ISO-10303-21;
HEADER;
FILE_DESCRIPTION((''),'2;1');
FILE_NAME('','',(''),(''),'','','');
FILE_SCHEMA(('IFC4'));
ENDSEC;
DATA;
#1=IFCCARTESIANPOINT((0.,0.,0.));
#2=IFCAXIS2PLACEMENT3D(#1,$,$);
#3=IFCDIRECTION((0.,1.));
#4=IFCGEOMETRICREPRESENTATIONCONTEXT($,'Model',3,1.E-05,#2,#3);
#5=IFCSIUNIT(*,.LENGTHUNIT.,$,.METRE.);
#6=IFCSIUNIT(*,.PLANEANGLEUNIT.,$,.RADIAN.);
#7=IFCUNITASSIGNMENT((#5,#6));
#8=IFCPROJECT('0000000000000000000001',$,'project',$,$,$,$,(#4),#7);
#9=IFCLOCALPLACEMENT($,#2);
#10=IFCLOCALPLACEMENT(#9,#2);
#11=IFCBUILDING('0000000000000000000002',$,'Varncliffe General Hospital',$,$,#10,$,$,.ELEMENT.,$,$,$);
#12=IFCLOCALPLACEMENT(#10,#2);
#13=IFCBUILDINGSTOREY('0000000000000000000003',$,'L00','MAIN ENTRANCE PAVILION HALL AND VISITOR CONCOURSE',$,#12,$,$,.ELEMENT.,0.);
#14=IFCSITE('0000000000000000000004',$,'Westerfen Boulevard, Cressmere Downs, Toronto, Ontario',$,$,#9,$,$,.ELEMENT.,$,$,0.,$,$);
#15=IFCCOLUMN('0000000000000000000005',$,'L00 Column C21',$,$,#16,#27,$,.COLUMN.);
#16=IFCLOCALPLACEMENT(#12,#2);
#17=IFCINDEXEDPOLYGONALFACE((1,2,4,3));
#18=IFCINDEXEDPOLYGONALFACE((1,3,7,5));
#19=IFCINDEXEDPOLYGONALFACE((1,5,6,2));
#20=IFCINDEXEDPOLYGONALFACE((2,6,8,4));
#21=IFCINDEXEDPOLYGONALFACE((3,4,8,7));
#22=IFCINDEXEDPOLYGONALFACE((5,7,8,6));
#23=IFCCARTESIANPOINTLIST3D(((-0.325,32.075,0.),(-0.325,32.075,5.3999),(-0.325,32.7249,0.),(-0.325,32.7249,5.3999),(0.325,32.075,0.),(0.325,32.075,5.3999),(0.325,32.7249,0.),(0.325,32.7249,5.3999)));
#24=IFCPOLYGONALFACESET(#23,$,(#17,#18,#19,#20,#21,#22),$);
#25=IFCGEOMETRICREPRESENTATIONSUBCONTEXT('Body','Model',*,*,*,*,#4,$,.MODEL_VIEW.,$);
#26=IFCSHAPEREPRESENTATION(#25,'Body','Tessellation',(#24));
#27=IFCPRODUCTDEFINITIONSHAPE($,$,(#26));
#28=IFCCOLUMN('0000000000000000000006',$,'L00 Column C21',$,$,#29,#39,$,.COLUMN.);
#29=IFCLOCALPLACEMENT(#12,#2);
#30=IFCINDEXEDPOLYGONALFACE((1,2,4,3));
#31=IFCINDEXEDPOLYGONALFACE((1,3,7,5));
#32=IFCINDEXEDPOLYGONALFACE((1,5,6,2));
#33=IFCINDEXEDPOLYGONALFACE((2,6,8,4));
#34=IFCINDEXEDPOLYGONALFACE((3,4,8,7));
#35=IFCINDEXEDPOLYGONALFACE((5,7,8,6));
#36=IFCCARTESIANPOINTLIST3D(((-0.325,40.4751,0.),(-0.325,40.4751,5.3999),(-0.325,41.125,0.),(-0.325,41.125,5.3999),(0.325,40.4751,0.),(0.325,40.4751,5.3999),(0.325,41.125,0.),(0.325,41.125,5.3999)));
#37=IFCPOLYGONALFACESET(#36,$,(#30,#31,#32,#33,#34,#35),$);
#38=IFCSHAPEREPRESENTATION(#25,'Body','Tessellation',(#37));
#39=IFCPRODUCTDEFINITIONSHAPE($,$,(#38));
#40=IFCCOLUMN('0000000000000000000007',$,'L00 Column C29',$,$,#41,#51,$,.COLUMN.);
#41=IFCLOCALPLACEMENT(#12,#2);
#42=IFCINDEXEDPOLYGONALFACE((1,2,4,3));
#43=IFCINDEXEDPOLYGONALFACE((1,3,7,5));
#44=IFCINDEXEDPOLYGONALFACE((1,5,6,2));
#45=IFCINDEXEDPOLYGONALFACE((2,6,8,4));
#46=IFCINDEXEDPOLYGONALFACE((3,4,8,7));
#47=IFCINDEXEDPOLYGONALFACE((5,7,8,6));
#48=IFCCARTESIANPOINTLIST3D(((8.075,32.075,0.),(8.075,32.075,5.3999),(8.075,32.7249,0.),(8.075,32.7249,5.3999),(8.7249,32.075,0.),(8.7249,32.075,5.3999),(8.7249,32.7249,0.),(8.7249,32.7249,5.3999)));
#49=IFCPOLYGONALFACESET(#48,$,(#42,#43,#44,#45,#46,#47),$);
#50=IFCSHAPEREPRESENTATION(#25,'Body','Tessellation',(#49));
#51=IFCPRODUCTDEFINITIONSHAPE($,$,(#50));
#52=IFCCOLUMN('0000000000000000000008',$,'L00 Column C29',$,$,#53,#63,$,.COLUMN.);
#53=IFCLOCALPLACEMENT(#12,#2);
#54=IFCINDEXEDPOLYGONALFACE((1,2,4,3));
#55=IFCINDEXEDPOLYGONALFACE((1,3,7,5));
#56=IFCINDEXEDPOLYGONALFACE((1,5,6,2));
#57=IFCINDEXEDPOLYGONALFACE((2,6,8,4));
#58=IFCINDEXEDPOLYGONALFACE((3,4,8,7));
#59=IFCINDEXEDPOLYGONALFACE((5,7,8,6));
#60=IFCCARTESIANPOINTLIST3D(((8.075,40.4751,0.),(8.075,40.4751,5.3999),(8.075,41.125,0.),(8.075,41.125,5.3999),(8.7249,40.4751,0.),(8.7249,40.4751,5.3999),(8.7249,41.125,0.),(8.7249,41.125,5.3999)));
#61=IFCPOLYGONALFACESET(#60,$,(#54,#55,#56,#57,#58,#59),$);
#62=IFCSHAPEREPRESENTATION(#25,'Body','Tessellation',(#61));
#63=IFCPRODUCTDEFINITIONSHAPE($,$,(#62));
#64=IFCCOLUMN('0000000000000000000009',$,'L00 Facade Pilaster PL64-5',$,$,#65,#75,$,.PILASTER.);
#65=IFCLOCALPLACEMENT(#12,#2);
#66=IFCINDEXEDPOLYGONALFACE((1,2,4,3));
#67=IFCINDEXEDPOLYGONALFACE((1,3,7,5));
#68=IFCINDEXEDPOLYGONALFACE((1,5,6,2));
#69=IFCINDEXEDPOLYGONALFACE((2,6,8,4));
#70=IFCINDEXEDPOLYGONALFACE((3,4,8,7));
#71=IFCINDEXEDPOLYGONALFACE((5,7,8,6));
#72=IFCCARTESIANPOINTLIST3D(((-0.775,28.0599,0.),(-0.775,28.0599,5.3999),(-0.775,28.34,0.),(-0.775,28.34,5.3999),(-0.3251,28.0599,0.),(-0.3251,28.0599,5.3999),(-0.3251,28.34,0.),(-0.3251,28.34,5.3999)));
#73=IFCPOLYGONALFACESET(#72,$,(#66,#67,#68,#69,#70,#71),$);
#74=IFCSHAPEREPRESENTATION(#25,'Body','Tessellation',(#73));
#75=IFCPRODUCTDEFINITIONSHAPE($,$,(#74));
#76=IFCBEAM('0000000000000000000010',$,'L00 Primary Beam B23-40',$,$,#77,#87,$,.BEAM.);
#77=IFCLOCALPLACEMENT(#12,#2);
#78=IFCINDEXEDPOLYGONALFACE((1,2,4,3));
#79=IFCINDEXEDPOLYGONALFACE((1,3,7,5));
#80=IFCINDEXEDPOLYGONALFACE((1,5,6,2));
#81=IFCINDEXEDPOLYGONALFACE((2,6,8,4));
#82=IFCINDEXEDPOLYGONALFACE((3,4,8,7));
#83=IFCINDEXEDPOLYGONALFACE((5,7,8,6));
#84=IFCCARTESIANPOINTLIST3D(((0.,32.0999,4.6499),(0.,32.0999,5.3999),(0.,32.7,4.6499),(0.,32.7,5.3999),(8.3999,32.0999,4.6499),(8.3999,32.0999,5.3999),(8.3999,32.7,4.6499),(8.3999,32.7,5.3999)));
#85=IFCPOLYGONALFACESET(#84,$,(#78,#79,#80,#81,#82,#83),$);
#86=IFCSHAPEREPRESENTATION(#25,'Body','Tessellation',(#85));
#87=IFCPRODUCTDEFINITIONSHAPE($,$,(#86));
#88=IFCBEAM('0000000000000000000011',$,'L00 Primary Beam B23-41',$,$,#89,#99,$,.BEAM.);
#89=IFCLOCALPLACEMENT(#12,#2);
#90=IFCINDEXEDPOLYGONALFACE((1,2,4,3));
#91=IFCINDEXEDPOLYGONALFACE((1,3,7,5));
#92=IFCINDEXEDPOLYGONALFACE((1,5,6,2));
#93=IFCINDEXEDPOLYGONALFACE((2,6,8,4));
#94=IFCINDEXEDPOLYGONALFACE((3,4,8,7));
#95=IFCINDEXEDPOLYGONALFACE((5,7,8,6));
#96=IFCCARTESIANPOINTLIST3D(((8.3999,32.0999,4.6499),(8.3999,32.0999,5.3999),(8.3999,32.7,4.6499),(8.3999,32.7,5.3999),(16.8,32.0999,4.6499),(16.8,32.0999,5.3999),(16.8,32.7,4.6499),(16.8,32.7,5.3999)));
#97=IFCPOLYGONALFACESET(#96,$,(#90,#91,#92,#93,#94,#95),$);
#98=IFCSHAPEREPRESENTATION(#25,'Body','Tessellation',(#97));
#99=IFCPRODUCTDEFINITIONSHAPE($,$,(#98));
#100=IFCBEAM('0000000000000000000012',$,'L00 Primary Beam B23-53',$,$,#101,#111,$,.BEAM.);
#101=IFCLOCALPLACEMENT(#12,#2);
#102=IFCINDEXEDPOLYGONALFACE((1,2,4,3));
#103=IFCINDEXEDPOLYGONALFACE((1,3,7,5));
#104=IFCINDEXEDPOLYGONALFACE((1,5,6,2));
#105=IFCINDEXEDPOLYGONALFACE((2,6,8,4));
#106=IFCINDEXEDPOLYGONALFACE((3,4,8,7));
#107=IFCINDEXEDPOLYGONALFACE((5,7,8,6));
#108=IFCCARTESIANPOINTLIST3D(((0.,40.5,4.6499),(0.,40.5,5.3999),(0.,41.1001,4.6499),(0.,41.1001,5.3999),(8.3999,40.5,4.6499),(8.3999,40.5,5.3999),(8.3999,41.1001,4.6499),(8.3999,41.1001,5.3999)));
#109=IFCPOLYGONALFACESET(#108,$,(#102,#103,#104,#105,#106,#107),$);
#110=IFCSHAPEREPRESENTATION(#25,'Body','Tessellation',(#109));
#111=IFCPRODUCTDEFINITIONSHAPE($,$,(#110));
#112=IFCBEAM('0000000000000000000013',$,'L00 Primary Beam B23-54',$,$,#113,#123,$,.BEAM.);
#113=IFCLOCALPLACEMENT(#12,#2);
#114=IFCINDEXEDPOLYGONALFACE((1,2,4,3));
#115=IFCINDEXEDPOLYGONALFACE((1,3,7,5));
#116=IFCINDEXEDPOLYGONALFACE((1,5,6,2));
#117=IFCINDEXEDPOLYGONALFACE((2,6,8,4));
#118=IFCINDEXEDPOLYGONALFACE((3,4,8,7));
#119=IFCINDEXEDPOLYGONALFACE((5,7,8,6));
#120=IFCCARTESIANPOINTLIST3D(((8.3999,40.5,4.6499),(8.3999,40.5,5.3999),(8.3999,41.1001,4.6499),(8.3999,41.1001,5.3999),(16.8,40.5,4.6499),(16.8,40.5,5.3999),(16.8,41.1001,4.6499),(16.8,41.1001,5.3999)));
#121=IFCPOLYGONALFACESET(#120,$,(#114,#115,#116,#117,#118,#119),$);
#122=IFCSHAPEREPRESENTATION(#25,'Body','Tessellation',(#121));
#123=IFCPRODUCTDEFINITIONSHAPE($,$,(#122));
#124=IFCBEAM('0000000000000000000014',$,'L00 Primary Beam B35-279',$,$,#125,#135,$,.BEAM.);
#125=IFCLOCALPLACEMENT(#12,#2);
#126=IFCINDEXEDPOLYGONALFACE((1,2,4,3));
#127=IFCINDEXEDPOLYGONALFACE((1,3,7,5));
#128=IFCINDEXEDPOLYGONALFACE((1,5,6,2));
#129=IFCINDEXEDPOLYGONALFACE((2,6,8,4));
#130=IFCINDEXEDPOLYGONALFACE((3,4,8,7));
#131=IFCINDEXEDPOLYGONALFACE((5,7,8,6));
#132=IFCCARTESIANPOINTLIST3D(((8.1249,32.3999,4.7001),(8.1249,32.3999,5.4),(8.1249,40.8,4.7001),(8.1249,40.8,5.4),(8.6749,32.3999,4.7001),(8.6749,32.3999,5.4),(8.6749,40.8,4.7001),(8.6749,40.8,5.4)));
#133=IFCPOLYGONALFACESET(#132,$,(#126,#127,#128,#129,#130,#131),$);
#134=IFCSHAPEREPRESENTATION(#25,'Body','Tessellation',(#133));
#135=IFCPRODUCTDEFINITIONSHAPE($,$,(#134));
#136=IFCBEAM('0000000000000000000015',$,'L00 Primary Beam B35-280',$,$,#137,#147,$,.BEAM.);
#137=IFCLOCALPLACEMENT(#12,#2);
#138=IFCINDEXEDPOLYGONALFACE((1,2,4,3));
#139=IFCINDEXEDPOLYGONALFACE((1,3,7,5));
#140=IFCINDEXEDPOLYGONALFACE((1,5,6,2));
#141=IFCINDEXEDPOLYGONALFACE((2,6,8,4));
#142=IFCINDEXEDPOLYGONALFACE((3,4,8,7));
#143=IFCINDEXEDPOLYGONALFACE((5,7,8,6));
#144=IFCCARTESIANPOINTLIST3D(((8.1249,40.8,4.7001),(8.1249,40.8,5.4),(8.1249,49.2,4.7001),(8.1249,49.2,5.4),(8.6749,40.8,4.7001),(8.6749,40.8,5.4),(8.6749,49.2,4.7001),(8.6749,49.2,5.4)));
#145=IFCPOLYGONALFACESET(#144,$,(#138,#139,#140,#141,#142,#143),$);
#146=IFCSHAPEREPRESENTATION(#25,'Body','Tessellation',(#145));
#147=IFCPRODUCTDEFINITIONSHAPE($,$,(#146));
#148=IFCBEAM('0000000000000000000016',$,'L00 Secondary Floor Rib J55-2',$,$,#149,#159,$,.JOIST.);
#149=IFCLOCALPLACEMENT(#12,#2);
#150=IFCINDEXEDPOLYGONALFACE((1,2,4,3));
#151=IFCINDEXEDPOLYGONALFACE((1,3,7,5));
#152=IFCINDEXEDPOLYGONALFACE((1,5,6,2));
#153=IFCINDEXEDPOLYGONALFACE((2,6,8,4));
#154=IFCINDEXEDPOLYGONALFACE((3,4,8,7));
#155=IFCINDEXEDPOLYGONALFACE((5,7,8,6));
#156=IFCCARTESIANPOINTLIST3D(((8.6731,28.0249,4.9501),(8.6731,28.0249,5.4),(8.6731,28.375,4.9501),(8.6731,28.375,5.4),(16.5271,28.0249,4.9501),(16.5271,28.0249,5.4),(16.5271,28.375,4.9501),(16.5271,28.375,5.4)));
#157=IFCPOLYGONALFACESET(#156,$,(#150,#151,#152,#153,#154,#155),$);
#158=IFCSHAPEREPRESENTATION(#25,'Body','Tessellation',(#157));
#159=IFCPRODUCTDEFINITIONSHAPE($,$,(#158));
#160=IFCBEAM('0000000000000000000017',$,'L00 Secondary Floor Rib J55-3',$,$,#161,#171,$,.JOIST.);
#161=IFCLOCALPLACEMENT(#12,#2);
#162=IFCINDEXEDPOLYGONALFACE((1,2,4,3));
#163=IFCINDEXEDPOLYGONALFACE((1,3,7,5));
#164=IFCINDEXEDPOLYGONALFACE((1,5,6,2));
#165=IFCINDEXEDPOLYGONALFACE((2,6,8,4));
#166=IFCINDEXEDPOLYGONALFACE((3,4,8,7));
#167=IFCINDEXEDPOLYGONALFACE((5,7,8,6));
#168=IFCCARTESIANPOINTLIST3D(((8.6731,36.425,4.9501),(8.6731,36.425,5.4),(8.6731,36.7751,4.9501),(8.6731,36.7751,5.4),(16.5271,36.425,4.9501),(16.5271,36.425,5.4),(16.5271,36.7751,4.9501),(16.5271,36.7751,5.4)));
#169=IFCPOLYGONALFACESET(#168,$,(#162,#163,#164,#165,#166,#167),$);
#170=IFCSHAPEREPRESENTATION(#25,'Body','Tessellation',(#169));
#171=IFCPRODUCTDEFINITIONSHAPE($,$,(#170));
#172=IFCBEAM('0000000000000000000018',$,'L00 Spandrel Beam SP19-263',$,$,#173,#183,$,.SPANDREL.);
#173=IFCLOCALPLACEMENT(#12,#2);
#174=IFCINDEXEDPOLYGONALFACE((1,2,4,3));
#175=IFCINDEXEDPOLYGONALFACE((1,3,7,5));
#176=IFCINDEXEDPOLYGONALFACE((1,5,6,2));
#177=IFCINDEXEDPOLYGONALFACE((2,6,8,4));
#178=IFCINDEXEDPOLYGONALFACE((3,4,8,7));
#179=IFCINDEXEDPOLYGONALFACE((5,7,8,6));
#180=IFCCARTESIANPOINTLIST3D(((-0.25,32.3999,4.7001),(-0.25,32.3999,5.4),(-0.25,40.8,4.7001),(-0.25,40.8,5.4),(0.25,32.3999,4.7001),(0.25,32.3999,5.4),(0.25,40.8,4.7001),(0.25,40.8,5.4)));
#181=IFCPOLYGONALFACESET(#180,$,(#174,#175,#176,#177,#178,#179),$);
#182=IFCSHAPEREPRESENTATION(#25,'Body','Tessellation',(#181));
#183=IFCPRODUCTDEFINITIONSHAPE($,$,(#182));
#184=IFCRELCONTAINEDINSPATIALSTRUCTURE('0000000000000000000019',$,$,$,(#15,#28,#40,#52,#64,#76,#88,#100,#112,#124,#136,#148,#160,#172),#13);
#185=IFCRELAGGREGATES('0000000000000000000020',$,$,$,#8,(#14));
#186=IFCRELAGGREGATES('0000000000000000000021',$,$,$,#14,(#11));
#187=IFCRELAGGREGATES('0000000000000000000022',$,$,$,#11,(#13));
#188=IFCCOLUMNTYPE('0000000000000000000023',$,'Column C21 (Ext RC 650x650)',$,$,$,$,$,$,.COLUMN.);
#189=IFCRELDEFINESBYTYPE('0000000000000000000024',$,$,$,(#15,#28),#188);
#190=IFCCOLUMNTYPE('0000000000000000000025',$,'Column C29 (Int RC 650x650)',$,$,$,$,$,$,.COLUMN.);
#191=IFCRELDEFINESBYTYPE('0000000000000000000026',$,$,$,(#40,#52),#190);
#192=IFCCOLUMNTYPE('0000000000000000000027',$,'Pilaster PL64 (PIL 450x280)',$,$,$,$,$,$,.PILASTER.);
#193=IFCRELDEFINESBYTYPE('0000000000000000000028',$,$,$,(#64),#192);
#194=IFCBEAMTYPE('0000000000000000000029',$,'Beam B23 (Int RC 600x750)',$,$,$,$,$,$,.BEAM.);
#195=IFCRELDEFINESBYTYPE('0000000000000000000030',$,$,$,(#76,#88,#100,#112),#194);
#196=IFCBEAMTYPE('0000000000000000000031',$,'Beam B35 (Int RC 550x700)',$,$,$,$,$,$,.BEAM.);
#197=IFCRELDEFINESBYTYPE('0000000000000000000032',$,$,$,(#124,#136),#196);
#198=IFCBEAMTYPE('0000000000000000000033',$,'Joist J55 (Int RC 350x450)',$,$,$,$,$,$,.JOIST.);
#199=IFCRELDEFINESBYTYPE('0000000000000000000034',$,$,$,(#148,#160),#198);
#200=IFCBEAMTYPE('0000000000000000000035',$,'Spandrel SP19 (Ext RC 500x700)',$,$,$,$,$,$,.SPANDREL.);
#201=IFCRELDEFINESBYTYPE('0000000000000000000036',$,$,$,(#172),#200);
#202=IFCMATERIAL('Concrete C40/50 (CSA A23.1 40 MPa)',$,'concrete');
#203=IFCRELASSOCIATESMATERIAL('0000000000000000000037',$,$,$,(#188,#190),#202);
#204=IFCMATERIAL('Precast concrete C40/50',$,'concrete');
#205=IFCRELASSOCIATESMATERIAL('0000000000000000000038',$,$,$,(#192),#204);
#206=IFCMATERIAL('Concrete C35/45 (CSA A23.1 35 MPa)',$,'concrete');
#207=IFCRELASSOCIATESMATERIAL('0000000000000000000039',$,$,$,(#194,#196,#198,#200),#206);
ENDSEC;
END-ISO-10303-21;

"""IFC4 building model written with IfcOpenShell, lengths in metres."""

from ifc_helpers import new_model, si_unit, direction, frame, origin, origin_2d, place, context, subcontext, project, spatial, rectangle, extrude, material, material_profile, profile_set, type_object, element, save


model = new_model("IFC4")

# Units and contexts
model_context = context("Model", 3, precision=1e-05, world=origin(), true_north=direction((0.0, 1.0)))
body_context = subcontext(model_context, "Body", "Model", "MODEL_VIEW")
ifc_project = project(units=[si_unit("LENGTHUNIT", "METRE"), si_unit("PLANEANGLEUNIT", "RADIAN")], contexts=[model_context])

# Site, building, storey
site_placement = place(None, origin())
site = spatial("IfcSite", under=ifc_project, at=site_placement, Name="Westerfen Boulevard, Cressmere Downs, Toronto, Ontario", CompositionType="ELEMENT", RefElevation=0.0)
building_placement = place(site_placement, origin())
building = spatial("IfcBuilding", under=site, at=building_placement, Name="Varncliffe General Hospital", CompositionType="ELEMENT")
storey_placement = place(building_placement, origin())
storey = spatial("IfcBuildingStorey", under=building, at=storey_placement, Name="L00", Description="MAIN ENTRANCE PAVILION HALL AND VISITOR CONCOURSE", CompositionType="ELEMENT", Elevation=0.0)

# Columns
ifc_material_1 = material(Name="Concrete C40/50 (CSA A23.1 40 MPa)", Category="concrete")
ifc_material_profile_1 = material_profile(ifc_material_1, rectangle(XDim=0.6499, YDim=0.6499, at=origin_2d()), Name="RC 650x650")
ifc_profile_set_1 = profile_set([ifc_material_profile_1], Name="Concrete C40/50 (CSA A23.1 40 MPa)")
column_type_1 = type_object("IfcColumnType", Name="Column C21 (Ext RC 650x650)", PredefinedType="COLUMN", material=ifc_profile_set_1)
for number, where, z_axis, x_axis, name in (
    (1, (0.0, 32.3999, 0.0), (0.0, 0.0, 1.0), (1.0, 0.0, 0.0), "L00 Column C21"),
    (2, (0.0, 40.8, 0.0), (0.0, 0.0, 1.0), (1.0, 0.0, 0.0), "L00 Column C21"),
):
    element("IfcColumn", number, at=place(storey_placement, frame(where, z_axis=z_axis, x_axis=x_axis)), inside=storey, type_object=column_type_1, Name=name, PredefinedType="COLUMN", context=body_context, shape_type="SweptSolid", body=[
        extrude(rectangle(XDim=0.6499, YDim=0.6499, at=origin_2d()), origin(), (0.0, 0.0, 1.0), 5.3999),
    ])
ifc_material_profile_2 = material_profile(ifc_material_1, rectangle(XDim=0.6499, YDim=0.6499, at=origin_2d()), Name="RC 650x650")
ifc_profile_set_2 = profile_set([ifc_material_profile_2], Name="Concrete C40/50 (CSA A23.1 40 MPa)")
column_type_2 = type_object("IfcColumnType", Name="Column C29 (Int RC 650x650)", PredefinedType="COLUMN", material=ifc_profile_set_2)
for number, where, z_axis, x_axis, name in (
    (3, (8.3999, 32.3999, 0.0), (0.0, 0.0, 1.0), (1.0, 0.0, 0.0), "L00 Column C29"),
    (4, (8.3999, 40.8, 0.0), (0.0, 0.0, 1.0), (1.0, 0.0, 0.0), "L00 Column C29"),
):
    element("IfcColumn", number, at=place(storey_placement, frame(where, z_axis=z_axis, x_axis=x_axis)), inside=storey, type_object=column_type_2, Name=name, PredefinedType="COLUMN", context=body_context, shape_type="SweptSolid", body=[
        extrude(rectangle(XDim=0.6499, YDim=0.6499, at=origin_2d()), origin(), (0.0, 0.0, 1.0), 5.3999),
    ])
ifc_material_2 = material(Name="Precast concrete C40/50", Category="concrete")
ifc_material_profile_3 = material_profile(ifc_material_2, rectangle(XDim=0.45, YDim=0.28, at=origin_2d()), Name="PIL 450x280")
ifc_profile_set_3 = profile_set([ifc_material_profile_3], Name="Precast concrete C40/50")
column_type_3 = type_object("IfcColumnType", Name="Pilaster PL64 (PIL 450x280)", PredefinedType="PILASTER", material=ifc_profile_set_3)
column_placement = place(storey_placement, frame((-0.55, 28.2, 0.0), z_axis=(0.0, 0.0, 1.0), x_axis=(1.0, 0.0, 0.0)))
element("IfcColumn", 5, at=column_placement, inside=storey, type_object=column_type_3, Name="L00 Facade Pilaster PL64-5", PredefinedType="PILASTER", context=body_context, shape_type="SweptSolid", body=[
    extrude(rectangle(XDim=0.45, YDim=0.28, at=origin_2d()), origin(), (0.0, 0.0, 1.0), 5.3999),
])

# Beams
ifc_material_3 = material(Name="Concrete C35/45 (CSA A23.1 35 MPa)", Category="concrete")
ifc_material_profile_4 = material_profile(ifc_material_3, rectangle(XDim=0.6001, YDim=0.75, at=origin_2d()), Name="RC 600x750")
ifc_profile_set_4 = profile_set([ifc_material_profile_4], Name="Concrete C35/45 (CSA A23.1 35 MPa)")
beam_type_1 = type_object("IfcBeamType", Name="Beam B23 (Int RC 600x750)", PredefinedType="BEAM", material=ifc_profile_set_4)
beam_1_placement = place(storey_placement, frame((0.0, 32.3999, 5.0249), z_axis=(1.0, 0.0, 0.0), x_axis=(0.0, 1.0, 0.0)))
element("IfcBeam", 6, at=beam_1_placement, inside=storey, type_object=beam_type_1, Name="L00 Primary Beam B23-40", PredefinedType="BEAM", context=body_context, shape_type="SweptSolid", body=[
    extrude(rectangle(XDim=0.6001, YDim=0.75, at=origin_2d()), origin(), (0.0, 0.0, 1.0), 8.3999),
])
beam_2_placement = place(storey_placement, frame((8.3999, 32.3999, 5.0249), z_axis=(1.0, 0.0, 0.0), x_axis=(0.0, 1.0, 0.0)))
element("IfcBeam", 7, at=beam_2_placement, inside=storey, type_object=beam_type_1, Name="L00 Primary Beam B23-41", PredefinedType="BEAM", context=body_context, shape_type="SweptSolid", body=[
    extrude(rectangle(XDim=0.6001, YDim=0.75, at=origin_2d()), origin(), (0.0, 0.0, 1.0), 8.4001),
])
beam_3_placement = place(storey_placement, frame((0.0, 40.8, 5.0249), z_axis=(1.0, 0.0, 0.0), x_axis=(0.0, 1.0, 0.0)))
element("IfcBeam", 8, at=beam_3_placement, inside=storey, type_object=beam_type_1, Name="L00 Primary Beam B23-53", PredefinedType="BEAM", context=body_context, shape_type="SweptSolid", body=[
    extrude(rectangle(XDim=0.6001, YDim=0.75, at=origin_2d()), origin(), (0.0, 0.0, 1.0), 8.3999),
])
beam_4_placement = place(storey_placement, frame((8.3999, 40.8, 5.0249), z_axis=(1.0, 0.0, 0.0), x_axis=(0.0, 1.0, 0.0)))
element("IfcBeam", 9, at=beam_4_placement, inside=storey, type_object=beam_type_1, Name="L00 Primary Beam B23-54", PredefinedType="BEAM", context=body_context, shape_type="SweptSolid", body=[
    extrude(rectangle(XDim=0.6001, YDim=0.75, at=origin_2d()), origin(), (0.0, 0.0, 1.0), 8.4001),
])
ifc_material_profile_5 = material_profile(ifc_material_3, rectangle(XDim=0.55, YDim=0.7, at=origin_2d()), Name="RC 550x700")
ifc_profile_set_5 = profile_set([ifc_material_profile_5], Name="Concrete C35/45 (CSA A23.1 35 MPa)")
beam_type_2 = type_object("IfcBeamType", Name="Beam B35 (Int RC 550x700)", PredefinedType="BEAM", material=ifc_profile_set_5)
beam_5_placement = place(storey_placement, frame((8.3999, 32.3999, 5.05), z_axis=(0.0, 1.0, 0.0), x_axis=(-1.0, 0.0, 0.0)))
element("IfcBeam", 10, at=beam_5_placement, inside=storey, type_object=beam_type_2, Name="L00 Primary Beam B35-279", PredefinedType="BEAM", context=body_context, shape_type="SweptSolid", body=[
    extrude(rectangle(XDim=0.55, YDim=0.7, at=origin_2d()), origin(), (0.0, 0.0, 1.0), 8.4001),
])
beam_6_placement = place(storey_placement, frame((8.3999, 40.8, 5.05), z_axis=(0.0, 1.0, 0.0), x_axis=(-1.0, 0.0, 0.0)))
element("IfcBeam", 11, at=beam_6_placement, inside=storey, type_object=beam_type_2, Name="L00 Primary Beam B35-280", PredefinedType="BEAM", context=body_context, shape_type="SweptSolid", body=[
    extrude(rectangle(XDim=0.55, YDim=0.7, at=origin_2d()), origin(), (0.0, 0.0, 1.0), 8.3999),
])
ifc_material_profile_6 = material_profile(ifc_material_3, rectangle(XDim=0.3501, YDim=0.45, at=origin_2d()), Name="RC 350x450")
ifc_profile_set_6 = profile_set([ifc_material_profile_6], Name="Concrete C35/45 (CSA A23.1 35 MPa)")
beam_type_3 = type_object("IfcBeamType", Name="Joist J55 (Int RC 350x450)", PredefinedType="JOIST", material=ifc_profile_set_6)
for number, where, z_axis, x_axis, name in (
    (12, (8.6731, 28.2, 5.175), (1.0, 0.0, 0.0), (0.0, 1.0, 0.0), "L00 Secondary Floor Rib J55-2"),
    (13, (8.6731, 36.6001, 5.175), (1.0, 0.0, 0.0), (0.0, 1.0, 0.0), "L00 Secondary Floor Rib J55-3"),
):
    element("IfcBeam", number, at=place(storey_placement, frame(where, z_axis=z_axis, x_axis=x_axis)), inside=storey, type_object=beam_type_3, Name=name, PredefinedType="JOIST", context=body_context, shape_type="SweptSolid", body=[
        extrude(rectangle(XDim=0.3501, YDim=0.45, at=origin_2d()), origin(), (0.0, 0.0, 1.0), 7.854),
    ])
ifc_material_profile_7 = material_profile(ifc_material_3, rectangle(XDim=0.5, YDim=0.7, at=origin_2d()), Name="RC 500x700")
ifc_profile_set_7 = profile_set([ifc_material_profile_7], Name="Concrete C35/45 (CSA A23.1 35 MPa)")
beam_type_4 = type_object("IfcBeamType", Name="Spandrel SP19 (Ext RC 500x700)", PredefinedType="SPANDREL", material=ifc_profile_set_7)
beam_7_placement = place(storey_placement, frame((0.0, 32.3999, 5.05), z_axis=(0.0, 1.0, 0.0), x_axis=(-1.0, 0.0, 0.0)))
element("IfcBeam", 14, at=beam_7_placement, inside=storey, type_object=beam_type_4, Name="L00 Spandrel Beam SP19-263", PredefinedType="SPANDREL", context=body_context, shape_type="SweptSolid", body=[
    extrude(rectangle(XDim=0.5, YDim=0.7, at=origin_2d()), origin(), (0.0, 0.0, 1.0), 8.4001),
])

save(model, "model.ifc")
